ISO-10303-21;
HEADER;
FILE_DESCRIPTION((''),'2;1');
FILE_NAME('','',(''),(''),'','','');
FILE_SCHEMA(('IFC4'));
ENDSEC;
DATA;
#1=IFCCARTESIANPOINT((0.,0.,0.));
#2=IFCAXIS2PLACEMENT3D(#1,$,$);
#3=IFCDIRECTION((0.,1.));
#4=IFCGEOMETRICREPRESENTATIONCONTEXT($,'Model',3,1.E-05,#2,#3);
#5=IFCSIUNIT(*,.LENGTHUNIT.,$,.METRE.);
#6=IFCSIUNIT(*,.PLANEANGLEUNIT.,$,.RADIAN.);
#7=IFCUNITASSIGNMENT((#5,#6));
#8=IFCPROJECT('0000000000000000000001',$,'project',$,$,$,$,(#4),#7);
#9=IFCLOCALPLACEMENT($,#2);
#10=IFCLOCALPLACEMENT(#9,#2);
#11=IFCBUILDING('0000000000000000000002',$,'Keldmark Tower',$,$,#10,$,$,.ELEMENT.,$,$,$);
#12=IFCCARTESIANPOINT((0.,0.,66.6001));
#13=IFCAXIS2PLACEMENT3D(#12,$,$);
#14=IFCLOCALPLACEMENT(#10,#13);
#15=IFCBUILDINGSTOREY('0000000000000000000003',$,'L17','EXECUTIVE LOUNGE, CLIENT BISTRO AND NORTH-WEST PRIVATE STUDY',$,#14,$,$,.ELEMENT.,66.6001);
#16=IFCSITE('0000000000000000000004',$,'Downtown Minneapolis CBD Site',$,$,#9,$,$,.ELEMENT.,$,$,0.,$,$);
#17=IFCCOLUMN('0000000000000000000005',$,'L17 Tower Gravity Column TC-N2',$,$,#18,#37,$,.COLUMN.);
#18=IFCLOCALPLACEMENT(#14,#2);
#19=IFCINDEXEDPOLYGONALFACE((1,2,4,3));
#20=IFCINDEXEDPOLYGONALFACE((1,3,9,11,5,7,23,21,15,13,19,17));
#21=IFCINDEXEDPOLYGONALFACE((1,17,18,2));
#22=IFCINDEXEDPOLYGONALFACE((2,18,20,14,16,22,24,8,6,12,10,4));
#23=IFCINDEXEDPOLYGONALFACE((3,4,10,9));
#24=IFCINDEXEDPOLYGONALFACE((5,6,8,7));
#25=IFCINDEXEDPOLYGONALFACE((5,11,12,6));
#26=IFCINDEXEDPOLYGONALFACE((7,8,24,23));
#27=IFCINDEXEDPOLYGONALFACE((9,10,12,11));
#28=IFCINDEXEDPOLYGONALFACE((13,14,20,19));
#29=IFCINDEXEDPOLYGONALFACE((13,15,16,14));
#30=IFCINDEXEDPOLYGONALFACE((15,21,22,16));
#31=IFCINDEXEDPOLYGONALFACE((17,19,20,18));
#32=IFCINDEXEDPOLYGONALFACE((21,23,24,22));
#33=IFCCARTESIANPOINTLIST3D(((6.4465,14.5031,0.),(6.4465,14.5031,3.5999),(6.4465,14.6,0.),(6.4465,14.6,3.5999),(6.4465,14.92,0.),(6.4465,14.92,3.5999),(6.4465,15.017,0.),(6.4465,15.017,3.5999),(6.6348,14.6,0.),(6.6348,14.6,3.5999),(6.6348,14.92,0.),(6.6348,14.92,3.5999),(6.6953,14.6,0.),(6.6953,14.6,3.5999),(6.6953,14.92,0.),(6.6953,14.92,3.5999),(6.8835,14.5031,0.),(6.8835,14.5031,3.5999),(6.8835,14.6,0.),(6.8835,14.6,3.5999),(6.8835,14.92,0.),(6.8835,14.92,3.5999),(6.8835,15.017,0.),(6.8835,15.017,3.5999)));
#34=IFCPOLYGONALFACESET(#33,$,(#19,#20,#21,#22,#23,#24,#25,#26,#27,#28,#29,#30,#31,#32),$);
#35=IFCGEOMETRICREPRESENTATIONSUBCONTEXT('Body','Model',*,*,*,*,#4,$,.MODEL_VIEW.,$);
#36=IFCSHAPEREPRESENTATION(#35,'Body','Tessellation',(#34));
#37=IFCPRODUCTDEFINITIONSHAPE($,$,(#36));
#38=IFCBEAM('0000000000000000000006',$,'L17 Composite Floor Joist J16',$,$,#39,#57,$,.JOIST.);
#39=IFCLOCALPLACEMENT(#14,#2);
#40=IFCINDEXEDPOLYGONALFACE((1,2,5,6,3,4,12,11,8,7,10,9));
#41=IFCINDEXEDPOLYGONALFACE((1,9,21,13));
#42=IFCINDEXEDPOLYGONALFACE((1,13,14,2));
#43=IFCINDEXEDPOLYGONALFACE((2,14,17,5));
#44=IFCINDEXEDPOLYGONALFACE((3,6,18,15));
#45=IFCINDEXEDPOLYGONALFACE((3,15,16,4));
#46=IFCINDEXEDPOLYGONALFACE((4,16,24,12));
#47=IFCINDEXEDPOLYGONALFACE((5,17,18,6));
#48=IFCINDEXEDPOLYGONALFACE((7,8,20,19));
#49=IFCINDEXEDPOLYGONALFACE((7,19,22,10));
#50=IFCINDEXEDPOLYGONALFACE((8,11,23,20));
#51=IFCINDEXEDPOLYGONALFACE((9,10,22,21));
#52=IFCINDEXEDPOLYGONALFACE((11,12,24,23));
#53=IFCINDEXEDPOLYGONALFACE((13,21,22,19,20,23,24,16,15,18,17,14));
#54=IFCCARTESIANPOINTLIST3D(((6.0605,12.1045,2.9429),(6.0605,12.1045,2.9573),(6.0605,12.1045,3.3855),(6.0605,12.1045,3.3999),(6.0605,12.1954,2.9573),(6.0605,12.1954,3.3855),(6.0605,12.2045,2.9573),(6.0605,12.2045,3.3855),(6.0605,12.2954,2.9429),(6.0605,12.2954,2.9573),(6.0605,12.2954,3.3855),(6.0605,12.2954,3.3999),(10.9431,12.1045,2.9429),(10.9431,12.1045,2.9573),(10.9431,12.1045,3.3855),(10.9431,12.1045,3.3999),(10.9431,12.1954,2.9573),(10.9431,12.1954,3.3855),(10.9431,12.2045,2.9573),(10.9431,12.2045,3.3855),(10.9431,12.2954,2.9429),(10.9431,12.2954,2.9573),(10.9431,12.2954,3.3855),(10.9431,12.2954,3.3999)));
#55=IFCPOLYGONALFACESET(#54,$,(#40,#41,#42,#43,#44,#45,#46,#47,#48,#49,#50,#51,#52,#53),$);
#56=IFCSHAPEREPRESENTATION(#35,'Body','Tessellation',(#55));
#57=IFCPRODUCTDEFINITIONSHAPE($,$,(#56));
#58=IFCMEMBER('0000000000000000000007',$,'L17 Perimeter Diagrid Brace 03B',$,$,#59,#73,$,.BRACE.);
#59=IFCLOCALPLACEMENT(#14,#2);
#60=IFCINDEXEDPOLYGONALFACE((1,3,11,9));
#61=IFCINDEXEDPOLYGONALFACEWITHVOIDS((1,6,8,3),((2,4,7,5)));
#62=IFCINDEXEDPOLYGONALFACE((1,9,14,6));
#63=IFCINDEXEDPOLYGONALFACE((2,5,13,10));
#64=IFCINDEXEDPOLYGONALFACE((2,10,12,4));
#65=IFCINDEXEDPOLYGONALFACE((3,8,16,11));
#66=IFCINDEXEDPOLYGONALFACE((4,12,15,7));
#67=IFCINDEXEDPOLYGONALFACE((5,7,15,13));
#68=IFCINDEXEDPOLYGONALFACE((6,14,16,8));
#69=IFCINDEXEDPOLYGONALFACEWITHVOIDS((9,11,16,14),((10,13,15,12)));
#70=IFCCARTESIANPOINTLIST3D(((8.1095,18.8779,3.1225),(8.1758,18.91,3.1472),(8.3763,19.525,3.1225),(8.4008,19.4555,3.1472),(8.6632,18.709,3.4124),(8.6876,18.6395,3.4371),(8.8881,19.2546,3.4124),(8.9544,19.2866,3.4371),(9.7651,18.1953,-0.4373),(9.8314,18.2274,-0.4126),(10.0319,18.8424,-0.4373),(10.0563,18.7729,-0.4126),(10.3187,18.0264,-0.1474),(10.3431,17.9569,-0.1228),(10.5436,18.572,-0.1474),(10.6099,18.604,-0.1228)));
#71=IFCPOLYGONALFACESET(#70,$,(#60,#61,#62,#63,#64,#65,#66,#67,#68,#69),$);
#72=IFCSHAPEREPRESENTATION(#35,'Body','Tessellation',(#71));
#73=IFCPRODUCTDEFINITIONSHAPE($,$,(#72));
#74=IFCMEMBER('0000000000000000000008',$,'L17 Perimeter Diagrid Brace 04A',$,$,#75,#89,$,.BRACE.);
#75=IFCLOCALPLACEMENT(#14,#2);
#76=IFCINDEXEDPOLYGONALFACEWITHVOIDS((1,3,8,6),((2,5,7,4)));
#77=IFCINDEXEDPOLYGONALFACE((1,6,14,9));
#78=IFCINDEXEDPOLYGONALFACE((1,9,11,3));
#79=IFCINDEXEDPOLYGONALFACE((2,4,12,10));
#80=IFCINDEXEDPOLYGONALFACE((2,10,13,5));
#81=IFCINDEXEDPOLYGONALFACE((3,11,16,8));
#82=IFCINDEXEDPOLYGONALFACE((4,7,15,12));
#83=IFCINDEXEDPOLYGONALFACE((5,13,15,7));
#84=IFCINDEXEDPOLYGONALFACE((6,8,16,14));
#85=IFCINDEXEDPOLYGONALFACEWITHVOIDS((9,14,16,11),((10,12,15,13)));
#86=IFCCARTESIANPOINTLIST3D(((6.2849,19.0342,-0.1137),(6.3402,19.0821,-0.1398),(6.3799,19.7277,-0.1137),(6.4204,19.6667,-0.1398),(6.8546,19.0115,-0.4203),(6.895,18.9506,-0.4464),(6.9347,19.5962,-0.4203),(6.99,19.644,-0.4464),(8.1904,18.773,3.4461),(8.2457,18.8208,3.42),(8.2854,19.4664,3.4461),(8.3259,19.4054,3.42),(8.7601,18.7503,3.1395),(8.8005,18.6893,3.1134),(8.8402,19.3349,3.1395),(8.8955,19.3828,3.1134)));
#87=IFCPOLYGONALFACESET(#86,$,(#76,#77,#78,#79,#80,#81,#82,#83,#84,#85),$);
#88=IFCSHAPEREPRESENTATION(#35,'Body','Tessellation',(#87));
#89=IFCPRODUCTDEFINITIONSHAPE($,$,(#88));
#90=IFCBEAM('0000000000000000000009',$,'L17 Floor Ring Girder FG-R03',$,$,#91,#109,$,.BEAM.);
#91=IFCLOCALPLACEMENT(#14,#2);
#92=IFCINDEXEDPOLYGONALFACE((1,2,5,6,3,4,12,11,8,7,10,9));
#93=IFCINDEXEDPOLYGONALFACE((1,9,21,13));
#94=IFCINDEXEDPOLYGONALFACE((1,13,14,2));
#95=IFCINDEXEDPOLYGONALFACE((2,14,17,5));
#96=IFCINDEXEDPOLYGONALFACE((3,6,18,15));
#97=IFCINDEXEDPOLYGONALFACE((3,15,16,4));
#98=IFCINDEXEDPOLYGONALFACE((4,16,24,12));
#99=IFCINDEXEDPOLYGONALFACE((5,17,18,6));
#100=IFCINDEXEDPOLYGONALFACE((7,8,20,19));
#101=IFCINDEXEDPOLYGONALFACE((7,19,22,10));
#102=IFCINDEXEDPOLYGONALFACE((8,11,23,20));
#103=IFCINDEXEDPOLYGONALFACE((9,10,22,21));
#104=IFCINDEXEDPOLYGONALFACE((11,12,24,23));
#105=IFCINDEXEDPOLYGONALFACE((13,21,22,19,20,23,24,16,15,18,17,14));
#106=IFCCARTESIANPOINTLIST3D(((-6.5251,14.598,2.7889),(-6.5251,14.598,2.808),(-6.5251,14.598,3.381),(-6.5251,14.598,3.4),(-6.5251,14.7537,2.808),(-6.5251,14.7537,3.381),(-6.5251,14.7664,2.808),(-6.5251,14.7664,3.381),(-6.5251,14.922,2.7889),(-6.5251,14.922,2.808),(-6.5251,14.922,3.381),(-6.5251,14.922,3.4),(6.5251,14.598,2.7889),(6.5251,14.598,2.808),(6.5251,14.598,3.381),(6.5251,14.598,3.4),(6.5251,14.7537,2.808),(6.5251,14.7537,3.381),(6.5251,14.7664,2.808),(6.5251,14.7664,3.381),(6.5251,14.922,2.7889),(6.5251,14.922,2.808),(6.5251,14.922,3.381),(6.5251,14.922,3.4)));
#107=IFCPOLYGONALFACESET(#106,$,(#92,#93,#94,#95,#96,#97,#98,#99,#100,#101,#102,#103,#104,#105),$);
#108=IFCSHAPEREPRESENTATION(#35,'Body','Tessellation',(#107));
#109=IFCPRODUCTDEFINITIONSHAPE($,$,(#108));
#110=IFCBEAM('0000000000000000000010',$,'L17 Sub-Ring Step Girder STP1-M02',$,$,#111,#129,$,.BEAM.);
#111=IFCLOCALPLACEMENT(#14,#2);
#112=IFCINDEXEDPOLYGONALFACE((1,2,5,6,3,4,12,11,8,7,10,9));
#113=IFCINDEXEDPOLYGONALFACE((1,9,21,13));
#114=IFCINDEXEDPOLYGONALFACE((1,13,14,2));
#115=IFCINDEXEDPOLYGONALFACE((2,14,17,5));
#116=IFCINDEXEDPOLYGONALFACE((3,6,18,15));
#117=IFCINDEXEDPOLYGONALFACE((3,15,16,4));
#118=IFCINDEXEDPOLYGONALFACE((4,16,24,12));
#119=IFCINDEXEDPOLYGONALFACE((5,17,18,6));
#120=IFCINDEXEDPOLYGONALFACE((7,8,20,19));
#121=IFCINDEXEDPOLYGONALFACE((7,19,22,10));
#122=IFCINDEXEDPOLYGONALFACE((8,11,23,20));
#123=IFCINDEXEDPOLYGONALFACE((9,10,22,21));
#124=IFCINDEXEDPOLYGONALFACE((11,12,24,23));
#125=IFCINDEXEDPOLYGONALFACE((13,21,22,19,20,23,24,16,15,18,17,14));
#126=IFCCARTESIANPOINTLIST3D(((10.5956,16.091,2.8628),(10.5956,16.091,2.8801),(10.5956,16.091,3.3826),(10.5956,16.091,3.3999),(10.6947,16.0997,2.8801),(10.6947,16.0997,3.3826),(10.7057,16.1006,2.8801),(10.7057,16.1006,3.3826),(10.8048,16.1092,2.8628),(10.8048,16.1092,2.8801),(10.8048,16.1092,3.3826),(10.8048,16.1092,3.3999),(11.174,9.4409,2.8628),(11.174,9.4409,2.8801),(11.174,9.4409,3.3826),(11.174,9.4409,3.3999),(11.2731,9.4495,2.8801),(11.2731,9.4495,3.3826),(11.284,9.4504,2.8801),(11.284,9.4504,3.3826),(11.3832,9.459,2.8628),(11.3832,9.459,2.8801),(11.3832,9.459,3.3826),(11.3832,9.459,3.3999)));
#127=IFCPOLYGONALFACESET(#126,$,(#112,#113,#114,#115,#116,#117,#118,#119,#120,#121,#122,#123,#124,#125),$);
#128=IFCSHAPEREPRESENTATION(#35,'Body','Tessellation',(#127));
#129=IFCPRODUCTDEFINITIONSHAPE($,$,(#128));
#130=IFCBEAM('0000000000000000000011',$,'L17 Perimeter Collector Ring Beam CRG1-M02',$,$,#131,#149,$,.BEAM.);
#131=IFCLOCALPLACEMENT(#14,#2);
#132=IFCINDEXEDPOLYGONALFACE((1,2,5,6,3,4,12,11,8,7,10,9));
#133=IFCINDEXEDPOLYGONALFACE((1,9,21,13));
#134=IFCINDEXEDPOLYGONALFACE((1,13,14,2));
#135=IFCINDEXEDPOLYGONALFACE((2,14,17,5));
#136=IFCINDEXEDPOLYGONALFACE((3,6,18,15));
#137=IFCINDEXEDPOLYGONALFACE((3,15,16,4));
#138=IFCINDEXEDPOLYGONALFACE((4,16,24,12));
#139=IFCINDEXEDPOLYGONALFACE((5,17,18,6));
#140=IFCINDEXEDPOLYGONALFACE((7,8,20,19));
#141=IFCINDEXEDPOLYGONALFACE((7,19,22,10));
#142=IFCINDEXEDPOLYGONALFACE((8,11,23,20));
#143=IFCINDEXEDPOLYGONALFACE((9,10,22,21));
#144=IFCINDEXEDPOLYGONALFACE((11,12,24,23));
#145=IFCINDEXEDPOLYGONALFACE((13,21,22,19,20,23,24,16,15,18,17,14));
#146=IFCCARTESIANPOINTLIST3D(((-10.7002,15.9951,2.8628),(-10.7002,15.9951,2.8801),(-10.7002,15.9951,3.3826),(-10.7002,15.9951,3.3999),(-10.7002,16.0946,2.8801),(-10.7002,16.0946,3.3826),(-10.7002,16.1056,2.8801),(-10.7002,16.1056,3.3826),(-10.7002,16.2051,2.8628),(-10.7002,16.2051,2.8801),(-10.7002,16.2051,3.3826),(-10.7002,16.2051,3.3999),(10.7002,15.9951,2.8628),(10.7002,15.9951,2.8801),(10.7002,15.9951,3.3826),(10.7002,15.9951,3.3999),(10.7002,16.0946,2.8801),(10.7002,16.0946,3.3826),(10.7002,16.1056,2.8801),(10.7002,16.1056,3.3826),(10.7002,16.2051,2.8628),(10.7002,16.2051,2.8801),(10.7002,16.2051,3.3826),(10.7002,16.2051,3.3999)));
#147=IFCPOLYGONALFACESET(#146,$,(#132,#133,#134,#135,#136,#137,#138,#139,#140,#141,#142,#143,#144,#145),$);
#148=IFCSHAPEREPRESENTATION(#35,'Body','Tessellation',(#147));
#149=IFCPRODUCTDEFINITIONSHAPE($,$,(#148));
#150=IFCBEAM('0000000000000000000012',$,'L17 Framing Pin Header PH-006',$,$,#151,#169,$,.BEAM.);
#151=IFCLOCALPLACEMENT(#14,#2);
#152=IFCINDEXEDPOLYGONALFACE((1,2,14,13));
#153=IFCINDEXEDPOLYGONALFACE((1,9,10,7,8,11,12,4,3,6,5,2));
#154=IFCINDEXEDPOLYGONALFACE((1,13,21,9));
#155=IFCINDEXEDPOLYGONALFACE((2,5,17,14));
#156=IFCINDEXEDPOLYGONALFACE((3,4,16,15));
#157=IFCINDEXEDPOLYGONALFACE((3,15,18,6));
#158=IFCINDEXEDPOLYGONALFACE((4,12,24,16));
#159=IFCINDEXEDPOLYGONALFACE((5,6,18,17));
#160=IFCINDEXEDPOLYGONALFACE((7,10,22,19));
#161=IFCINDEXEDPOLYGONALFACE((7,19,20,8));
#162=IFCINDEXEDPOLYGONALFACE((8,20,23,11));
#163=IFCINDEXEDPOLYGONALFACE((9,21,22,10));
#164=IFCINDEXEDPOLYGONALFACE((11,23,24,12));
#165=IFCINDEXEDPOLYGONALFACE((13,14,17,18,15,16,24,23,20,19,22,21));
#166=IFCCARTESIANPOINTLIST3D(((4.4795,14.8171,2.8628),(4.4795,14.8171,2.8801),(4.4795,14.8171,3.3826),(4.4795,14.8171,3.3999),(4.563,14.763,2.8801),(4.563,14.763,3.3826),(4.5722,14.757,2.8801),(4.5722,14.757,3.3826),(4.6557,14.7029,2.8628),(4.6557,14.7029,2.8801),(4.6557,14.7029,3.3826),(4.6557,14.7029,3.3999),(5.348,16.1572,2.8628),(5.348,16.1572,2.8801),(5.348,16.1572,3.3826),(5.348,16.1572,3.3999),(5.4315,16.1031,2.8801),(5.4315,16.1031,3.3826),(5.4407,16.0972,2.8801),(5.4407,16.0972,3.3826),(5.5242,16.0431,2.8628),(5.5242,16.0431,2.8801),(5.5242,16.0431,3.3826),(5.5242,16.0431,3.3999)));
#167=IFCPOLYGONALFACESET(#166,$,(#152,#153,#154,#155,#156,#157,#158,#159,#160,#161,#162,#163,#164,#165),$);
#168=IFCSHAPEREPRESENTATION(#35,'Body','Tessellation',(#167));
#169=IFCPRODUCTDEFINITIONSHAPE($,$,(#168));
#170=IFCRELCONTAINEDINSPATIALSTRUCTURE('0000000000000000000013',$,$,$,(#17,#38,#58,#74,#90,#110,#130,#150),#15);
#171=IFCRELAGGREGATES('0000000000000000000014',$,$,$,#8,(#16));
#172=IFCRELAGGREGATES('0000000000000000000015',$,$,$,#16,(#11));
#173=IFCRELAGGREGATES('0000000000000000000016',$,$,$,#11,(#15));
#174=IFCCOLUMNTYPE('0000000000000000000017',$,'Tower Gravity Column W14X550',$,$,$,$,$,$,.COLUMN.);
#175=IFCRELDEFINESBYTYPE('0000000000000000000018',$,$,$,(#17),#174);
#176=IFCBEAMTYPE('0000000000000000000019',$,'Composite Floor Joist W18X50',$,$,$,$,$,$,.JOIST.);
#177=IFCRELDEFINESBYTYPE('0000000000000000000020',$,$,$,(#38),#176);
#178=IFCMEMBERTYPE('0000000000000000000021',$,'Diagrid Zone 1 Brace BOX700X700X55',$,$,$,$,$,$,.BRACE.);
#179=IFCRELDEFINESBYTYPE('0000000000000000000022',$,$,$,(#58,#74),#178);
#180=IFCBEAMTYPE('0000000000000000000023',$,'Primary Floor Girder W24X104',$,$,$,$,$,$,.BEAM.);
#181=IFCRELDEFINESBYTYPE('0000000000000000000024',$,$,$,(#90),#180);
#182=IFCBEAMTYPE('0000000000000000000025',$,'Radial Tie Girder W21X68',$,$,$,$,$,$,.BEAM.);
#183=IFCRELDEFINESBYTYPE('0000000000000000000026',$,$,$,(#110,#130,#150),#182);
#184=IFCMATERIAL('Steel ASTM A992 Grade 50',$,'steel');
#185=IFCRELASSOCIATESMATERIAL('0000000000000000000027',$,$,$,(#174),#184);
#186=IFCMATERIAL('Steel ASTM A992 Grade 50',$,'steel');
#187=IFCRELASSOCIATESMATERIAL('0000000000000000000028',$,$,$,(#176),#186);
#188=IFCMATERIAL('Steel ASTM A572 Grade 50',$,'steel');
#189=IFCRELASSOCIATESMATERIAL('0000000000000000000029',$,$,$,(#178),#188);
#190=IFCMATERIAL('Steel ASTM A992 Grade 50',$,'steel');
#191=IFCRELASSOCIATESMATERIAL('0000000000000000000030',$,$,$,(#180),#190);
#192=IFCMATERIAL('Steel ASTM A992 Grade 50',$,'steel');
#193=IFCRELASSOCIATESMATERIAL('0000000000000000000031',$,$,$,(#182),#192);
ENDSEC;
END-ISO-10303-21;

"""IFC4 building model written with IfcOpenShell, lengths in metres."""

from ifc_helpers import new_model, si_unit, direction, frame, origin, origin_2d, place, context, subcontext, project, spatial, hollow_rectangle, i_section, extrude, material, material_profile, profile_set, type_object, element, save


model = new_model("IFC4")

# Units and contexts
model_context = context("Model", 3, precision=1e-05, world=origin(), true_north=direction((0.0, 1.0)))
body_context = subcontext(model_context, "Body", "Model", "MODEL_VIEW")
ifc_project = project(units=[si_unit("LENGTHUNIT", "METRE"), si_unit("PLANEANGLEUNIT", "RADIAN")], contexts=[model_context])

# Site, building, storey
site_placement = place(None, origin())
site = spatial("IfcSite", under=ifc_project, at=site_placement, Name="Downtown Minneapolis CBD Site", CompositionType="ELEMENT", RefElevation=0.0)
building_placement = place(site_placement, origin())
building = spatial("IfcBuilding", under=site, at=building_placement, Name="Keldmark Tower", CompositionType="ELEMENT")
storey_placement = place(building_placement, frame((0.0, 0.0, 66.6001)))
storey = spatial("IfcBuildingStorey", under=building, at=storey_placement, Name="L17", Description="EXECUTIVE LOUNGE, CLIENT BISTRO AND NORTH-WEST PRIVATE STUDY", CompositionType="ELEMENT", Elevation=66.6001)

# Column
ifc_material_1 = material(Name="Steel ASTM A992 Grade 50", Category="steel")
ifc_material_profile_1 = material_profile(ifc_material_1, i_section(OverallWidth=0.437, OverallDepth=0.5139, WebThickness=0.0605, FlangeThickness=0.0969, at=origin_2d()), Name="W14X550")
ifc_profile_set_1 = profile_set([ifc_material_profile_1], Name="Steel ASTM A992 Grade 50")
column_type = type_object("IfcColumnType", Name="Tower Gravity Column W14X550", PredefinedType="COLUMN", material=ifc_profile_set_1)
column_placement = place(storey_placement, frame((6.665, 14.76, 0.0), z_axis=(0.0, 0.0, 1.0), x_axis=(1.0, 0.0, 0.0)))
element("IfcColumn", 1, at=column_placement, inside=storey, type_object=column_type, Name="L17 Tower Gravity Column TC-N2", PredefinedType="COLUMN", context=body_context, shape_type="SweptSolid", body=[
    extrude(i_section(OverallWidth=0.437, OverallDepth=0.5139, WebThickness=0.0605, FlangeThickness=0.0969, at=origin_2d()), origin(), (0.0, 0.0, 1.0), 3.5999),
])

# Beam
ifc_material_2 = material(Name="Steel ASTM A992 Grade 50", Category="steel")
ifc_material_profile_2 = material_profile(ifc_material_2, i_section(OverallWidth=0.1909, OverallDepth=0.457, WebThickness=0.009, FlangeThickness=0.0144, at=origin_2d()), Name="W18X50")
ifc_profile_set_2 = profile_set([ifc_material_profile_2], Name="Steel ASTM A992 Grade 50")
beam_type_1 = type_object("IfcBeamType", Name="Composite Floor Joist W18X50", PredefinedType="JOIST", material=ifc_profile_set_2)
beam_1_placement = place(storey_placement, frame((6.0605, 12.2, 3.1714), z_axis=(1.0, 0.0, 0.0), x_axis=(0.0, 1.0, 0.0)))
element("IfcBeam", 2, at=beam_1_placement, inside=storey, type_object=beam_type_1, Name="L17 Composite Floor Joist J16", PredefinedType="JOIST", context=body_context, shape_type="SweptSolid", body=[
    extrude(i_section(OverallWidth=0.1909, OverallDepth=0.457, WebThickness=0.009, FlangeThickness=0.0144, at=origin_2d()), origin(), (0.0, 0.0, 1.0), 4.8826),
])

# Members
ifc_material_3 = material(Name="Steel ASTM A572 Grade 50", Category="steel")
ifc_material_profile_3 = material_profile(ifc_material_3, hollow_rectangle(XDim=0.7, YDim=0.7, WallThickness=0.0549, at=origin_2d()), Name="BOX700X700X55")
ifc_profile_set_3 = profile_set([ifc_material_profile_3], Name="Steel ASTM A572 Grade 50")
member_type = type_object("IfcMemberType", Name="Diagrid Zone 1 Brace BOX700X700X55", PredefinedType="BRACE", material=ifc_profile_set_3)
member_1_placement = place(storey_placement, frame((10.1875, 18.3997, -0.28), z_axis=(-0.415454, 0.171303, 0.893338), x_axis=(-0.381195, -0.924494, 0.0)))
element("IfcMember", 3, at=member_1_placement, inside=storey, type_object=member_type, Name="L17 Perimeter Diagrid Brace 03B", PredefinedType="BRACE", context=body_context, shape_type="SweptSolid", body=[
    extrude(hollow_rectangle(XDim=0.7, YDim=0.7, WallThickness=0.0549, at=origin_2d()), origin(), (0.0, 0.0, 1.0), 3.9849),
])
member_2_placement = place(storey_placement, frame((6.6375, 19.3391, -0.28), z_axis=(0.470943, -0.064562, 0.879798), x_axis=(0.135821, 0.990733, 0.0)))
element("IfcMember", 4, at=member_2_placement, inside=storey, type_object=member_type, Name="L17 Perimeter Diagrid Brace 04A", PredefinedType="BRACE", context=body_context, shape_type="SweptSolid", body=[
    extrude(hollow_rectangle(XDim=0.7, YDim=0.7, WallThickness=0.0549, at=origin_2d()), origin(), (0.0, 0.0, 1.0), 4.0461),
])

# Beams
ifc_material_4 = material(Name="Steel ASTM A992 Grade 50", Category="steel")
ifc_material_profile_4 = material_profile(ifc_material_4, i_section(OverallWidth=0.324, OverallDepth=0.6111, WebThickness=0.0127, FlangeThickness=0.019, at=origin_2d()), Name="W24X104")
ifc_profile_set_4 = profile_set([ifc_material_profile_4], Name="Steel ASTM A992 Grade 50")
beam_type_2 = type_object("IfcBeamType", Name="Primary Floor Girder W24X104", PredefinedType="BEAM", material=ifc_profile_set_4)
beam_2_placement = place(storey_placement, frame((6.5251, 14.76, 3.0945), z_axis=(-1.0, 0.0, 0.0), x_axis=(0.0, -1.0, 0.0)))
element("IfcBeam", 5, at=beam_2_placement, inside=storey, type_object=beam_type_2, Name="L17 Floor Ring Girder FG-R03", PredefinedType="BEAM", context=body_context, shape_type="SweptSolid", body=[
    extrude(i_section(OverallWidth=0.324, OverallDepth=0.6111, WebThickness=0.0127, FlangeThickness=0.019, at=origin_2d()), origin(), (0.0, 0.0, 1.0), 13.0503),
])
ifc_material_5 = material(Name="Steel ASTM A992 Grade 50", Category="steel")
ifc_material_profile_5 = material_profile(ifc_material_5, i_section(OverallWidth=0.21, OverallDepth=0.5371, WebThickness=0.011, FlangeThickness=0.0173, at=origin_2d()), Name="W21X68")
ifc_profile_set_5 = profile_set([ifc_material_profile_5], Name="Steel ASTM A992 Grade 50")
beam_type_3 = type_object("IfcBeamType", Name="Radial Tie Girder W21X68", PredefinedType="BEAM", material=ifc_profile_set_5)
beam_3_placement = place(storey_placement, frame((11.2786, 9.45, 3.1313), z_axis=(-0.086644, 0.996239, 0.0), x_axis=(-0.996239, -0.086644, 0.0)))
element("IfcBeam", 6, at=beam_3_placement, inside=storey, type_object=beam_type_3, Name="L17 Sub-Ring Step Girder STP1-M02", PredefinedType="BEAM", context=body_context, shape_type="SweptSolid", body=[
    extrude(i_section(OverallWidth=0.21, OverallDepth=0.5371, WebThickness=0.011, FlangeThickness=0.0173, at=origin_2d()), origin(), (0.0, 0.0, 1.0), 6.6753),
])
beam_4_placement = place(storey_placement, frame((10.7002, 16.1001, 3.1313), z_axis=(-1.0, 0.0, 0.0), x_axis=(0.0, -1.0, 0.0)))
element("IfcBeam", 7, at=beam_4_placement, inside=storey, type_object=beam_type_3, Name="L17 Perimeter Collector Ring Beam CRG1-M02", PredefinedType="BEAM", context=body_context, shape_type="SweptSolid", body=[
    extrude(i_section(OverallWidth=0.21, OverallDepth=0.5371, WebThickness=0.011, FlangeThickness=0.0173, at=origin_2d()), origin(), (0.0, 0.0, 1.0), 21.4004),
])
beam_5_placement = place(storey_placement, frame((4.5676, 14.76, 3.1313), z_axis=(0.543822, 0.839201, 0.0), x_axis=(-0.839201, 0.543822, 0.0)))
element("IfcBeam", 8, at=beam_5_placement, inside=storey, type_object=beam_type_3, Name="L17 Framing Pin Header PH-006", PredefinedType="BEAM", context=body_context, shape_type="SweptSolid", body=[
    extrude(i_section(OverallWidth=0.21, OverallDepth=0.5371, WebThickness=0.011, FlangeThickness=0.0173, at=origin_2d()), origin(), (0.0, 0.0, 1.0), 1.5969),
])

save(model, "model.ifc")
